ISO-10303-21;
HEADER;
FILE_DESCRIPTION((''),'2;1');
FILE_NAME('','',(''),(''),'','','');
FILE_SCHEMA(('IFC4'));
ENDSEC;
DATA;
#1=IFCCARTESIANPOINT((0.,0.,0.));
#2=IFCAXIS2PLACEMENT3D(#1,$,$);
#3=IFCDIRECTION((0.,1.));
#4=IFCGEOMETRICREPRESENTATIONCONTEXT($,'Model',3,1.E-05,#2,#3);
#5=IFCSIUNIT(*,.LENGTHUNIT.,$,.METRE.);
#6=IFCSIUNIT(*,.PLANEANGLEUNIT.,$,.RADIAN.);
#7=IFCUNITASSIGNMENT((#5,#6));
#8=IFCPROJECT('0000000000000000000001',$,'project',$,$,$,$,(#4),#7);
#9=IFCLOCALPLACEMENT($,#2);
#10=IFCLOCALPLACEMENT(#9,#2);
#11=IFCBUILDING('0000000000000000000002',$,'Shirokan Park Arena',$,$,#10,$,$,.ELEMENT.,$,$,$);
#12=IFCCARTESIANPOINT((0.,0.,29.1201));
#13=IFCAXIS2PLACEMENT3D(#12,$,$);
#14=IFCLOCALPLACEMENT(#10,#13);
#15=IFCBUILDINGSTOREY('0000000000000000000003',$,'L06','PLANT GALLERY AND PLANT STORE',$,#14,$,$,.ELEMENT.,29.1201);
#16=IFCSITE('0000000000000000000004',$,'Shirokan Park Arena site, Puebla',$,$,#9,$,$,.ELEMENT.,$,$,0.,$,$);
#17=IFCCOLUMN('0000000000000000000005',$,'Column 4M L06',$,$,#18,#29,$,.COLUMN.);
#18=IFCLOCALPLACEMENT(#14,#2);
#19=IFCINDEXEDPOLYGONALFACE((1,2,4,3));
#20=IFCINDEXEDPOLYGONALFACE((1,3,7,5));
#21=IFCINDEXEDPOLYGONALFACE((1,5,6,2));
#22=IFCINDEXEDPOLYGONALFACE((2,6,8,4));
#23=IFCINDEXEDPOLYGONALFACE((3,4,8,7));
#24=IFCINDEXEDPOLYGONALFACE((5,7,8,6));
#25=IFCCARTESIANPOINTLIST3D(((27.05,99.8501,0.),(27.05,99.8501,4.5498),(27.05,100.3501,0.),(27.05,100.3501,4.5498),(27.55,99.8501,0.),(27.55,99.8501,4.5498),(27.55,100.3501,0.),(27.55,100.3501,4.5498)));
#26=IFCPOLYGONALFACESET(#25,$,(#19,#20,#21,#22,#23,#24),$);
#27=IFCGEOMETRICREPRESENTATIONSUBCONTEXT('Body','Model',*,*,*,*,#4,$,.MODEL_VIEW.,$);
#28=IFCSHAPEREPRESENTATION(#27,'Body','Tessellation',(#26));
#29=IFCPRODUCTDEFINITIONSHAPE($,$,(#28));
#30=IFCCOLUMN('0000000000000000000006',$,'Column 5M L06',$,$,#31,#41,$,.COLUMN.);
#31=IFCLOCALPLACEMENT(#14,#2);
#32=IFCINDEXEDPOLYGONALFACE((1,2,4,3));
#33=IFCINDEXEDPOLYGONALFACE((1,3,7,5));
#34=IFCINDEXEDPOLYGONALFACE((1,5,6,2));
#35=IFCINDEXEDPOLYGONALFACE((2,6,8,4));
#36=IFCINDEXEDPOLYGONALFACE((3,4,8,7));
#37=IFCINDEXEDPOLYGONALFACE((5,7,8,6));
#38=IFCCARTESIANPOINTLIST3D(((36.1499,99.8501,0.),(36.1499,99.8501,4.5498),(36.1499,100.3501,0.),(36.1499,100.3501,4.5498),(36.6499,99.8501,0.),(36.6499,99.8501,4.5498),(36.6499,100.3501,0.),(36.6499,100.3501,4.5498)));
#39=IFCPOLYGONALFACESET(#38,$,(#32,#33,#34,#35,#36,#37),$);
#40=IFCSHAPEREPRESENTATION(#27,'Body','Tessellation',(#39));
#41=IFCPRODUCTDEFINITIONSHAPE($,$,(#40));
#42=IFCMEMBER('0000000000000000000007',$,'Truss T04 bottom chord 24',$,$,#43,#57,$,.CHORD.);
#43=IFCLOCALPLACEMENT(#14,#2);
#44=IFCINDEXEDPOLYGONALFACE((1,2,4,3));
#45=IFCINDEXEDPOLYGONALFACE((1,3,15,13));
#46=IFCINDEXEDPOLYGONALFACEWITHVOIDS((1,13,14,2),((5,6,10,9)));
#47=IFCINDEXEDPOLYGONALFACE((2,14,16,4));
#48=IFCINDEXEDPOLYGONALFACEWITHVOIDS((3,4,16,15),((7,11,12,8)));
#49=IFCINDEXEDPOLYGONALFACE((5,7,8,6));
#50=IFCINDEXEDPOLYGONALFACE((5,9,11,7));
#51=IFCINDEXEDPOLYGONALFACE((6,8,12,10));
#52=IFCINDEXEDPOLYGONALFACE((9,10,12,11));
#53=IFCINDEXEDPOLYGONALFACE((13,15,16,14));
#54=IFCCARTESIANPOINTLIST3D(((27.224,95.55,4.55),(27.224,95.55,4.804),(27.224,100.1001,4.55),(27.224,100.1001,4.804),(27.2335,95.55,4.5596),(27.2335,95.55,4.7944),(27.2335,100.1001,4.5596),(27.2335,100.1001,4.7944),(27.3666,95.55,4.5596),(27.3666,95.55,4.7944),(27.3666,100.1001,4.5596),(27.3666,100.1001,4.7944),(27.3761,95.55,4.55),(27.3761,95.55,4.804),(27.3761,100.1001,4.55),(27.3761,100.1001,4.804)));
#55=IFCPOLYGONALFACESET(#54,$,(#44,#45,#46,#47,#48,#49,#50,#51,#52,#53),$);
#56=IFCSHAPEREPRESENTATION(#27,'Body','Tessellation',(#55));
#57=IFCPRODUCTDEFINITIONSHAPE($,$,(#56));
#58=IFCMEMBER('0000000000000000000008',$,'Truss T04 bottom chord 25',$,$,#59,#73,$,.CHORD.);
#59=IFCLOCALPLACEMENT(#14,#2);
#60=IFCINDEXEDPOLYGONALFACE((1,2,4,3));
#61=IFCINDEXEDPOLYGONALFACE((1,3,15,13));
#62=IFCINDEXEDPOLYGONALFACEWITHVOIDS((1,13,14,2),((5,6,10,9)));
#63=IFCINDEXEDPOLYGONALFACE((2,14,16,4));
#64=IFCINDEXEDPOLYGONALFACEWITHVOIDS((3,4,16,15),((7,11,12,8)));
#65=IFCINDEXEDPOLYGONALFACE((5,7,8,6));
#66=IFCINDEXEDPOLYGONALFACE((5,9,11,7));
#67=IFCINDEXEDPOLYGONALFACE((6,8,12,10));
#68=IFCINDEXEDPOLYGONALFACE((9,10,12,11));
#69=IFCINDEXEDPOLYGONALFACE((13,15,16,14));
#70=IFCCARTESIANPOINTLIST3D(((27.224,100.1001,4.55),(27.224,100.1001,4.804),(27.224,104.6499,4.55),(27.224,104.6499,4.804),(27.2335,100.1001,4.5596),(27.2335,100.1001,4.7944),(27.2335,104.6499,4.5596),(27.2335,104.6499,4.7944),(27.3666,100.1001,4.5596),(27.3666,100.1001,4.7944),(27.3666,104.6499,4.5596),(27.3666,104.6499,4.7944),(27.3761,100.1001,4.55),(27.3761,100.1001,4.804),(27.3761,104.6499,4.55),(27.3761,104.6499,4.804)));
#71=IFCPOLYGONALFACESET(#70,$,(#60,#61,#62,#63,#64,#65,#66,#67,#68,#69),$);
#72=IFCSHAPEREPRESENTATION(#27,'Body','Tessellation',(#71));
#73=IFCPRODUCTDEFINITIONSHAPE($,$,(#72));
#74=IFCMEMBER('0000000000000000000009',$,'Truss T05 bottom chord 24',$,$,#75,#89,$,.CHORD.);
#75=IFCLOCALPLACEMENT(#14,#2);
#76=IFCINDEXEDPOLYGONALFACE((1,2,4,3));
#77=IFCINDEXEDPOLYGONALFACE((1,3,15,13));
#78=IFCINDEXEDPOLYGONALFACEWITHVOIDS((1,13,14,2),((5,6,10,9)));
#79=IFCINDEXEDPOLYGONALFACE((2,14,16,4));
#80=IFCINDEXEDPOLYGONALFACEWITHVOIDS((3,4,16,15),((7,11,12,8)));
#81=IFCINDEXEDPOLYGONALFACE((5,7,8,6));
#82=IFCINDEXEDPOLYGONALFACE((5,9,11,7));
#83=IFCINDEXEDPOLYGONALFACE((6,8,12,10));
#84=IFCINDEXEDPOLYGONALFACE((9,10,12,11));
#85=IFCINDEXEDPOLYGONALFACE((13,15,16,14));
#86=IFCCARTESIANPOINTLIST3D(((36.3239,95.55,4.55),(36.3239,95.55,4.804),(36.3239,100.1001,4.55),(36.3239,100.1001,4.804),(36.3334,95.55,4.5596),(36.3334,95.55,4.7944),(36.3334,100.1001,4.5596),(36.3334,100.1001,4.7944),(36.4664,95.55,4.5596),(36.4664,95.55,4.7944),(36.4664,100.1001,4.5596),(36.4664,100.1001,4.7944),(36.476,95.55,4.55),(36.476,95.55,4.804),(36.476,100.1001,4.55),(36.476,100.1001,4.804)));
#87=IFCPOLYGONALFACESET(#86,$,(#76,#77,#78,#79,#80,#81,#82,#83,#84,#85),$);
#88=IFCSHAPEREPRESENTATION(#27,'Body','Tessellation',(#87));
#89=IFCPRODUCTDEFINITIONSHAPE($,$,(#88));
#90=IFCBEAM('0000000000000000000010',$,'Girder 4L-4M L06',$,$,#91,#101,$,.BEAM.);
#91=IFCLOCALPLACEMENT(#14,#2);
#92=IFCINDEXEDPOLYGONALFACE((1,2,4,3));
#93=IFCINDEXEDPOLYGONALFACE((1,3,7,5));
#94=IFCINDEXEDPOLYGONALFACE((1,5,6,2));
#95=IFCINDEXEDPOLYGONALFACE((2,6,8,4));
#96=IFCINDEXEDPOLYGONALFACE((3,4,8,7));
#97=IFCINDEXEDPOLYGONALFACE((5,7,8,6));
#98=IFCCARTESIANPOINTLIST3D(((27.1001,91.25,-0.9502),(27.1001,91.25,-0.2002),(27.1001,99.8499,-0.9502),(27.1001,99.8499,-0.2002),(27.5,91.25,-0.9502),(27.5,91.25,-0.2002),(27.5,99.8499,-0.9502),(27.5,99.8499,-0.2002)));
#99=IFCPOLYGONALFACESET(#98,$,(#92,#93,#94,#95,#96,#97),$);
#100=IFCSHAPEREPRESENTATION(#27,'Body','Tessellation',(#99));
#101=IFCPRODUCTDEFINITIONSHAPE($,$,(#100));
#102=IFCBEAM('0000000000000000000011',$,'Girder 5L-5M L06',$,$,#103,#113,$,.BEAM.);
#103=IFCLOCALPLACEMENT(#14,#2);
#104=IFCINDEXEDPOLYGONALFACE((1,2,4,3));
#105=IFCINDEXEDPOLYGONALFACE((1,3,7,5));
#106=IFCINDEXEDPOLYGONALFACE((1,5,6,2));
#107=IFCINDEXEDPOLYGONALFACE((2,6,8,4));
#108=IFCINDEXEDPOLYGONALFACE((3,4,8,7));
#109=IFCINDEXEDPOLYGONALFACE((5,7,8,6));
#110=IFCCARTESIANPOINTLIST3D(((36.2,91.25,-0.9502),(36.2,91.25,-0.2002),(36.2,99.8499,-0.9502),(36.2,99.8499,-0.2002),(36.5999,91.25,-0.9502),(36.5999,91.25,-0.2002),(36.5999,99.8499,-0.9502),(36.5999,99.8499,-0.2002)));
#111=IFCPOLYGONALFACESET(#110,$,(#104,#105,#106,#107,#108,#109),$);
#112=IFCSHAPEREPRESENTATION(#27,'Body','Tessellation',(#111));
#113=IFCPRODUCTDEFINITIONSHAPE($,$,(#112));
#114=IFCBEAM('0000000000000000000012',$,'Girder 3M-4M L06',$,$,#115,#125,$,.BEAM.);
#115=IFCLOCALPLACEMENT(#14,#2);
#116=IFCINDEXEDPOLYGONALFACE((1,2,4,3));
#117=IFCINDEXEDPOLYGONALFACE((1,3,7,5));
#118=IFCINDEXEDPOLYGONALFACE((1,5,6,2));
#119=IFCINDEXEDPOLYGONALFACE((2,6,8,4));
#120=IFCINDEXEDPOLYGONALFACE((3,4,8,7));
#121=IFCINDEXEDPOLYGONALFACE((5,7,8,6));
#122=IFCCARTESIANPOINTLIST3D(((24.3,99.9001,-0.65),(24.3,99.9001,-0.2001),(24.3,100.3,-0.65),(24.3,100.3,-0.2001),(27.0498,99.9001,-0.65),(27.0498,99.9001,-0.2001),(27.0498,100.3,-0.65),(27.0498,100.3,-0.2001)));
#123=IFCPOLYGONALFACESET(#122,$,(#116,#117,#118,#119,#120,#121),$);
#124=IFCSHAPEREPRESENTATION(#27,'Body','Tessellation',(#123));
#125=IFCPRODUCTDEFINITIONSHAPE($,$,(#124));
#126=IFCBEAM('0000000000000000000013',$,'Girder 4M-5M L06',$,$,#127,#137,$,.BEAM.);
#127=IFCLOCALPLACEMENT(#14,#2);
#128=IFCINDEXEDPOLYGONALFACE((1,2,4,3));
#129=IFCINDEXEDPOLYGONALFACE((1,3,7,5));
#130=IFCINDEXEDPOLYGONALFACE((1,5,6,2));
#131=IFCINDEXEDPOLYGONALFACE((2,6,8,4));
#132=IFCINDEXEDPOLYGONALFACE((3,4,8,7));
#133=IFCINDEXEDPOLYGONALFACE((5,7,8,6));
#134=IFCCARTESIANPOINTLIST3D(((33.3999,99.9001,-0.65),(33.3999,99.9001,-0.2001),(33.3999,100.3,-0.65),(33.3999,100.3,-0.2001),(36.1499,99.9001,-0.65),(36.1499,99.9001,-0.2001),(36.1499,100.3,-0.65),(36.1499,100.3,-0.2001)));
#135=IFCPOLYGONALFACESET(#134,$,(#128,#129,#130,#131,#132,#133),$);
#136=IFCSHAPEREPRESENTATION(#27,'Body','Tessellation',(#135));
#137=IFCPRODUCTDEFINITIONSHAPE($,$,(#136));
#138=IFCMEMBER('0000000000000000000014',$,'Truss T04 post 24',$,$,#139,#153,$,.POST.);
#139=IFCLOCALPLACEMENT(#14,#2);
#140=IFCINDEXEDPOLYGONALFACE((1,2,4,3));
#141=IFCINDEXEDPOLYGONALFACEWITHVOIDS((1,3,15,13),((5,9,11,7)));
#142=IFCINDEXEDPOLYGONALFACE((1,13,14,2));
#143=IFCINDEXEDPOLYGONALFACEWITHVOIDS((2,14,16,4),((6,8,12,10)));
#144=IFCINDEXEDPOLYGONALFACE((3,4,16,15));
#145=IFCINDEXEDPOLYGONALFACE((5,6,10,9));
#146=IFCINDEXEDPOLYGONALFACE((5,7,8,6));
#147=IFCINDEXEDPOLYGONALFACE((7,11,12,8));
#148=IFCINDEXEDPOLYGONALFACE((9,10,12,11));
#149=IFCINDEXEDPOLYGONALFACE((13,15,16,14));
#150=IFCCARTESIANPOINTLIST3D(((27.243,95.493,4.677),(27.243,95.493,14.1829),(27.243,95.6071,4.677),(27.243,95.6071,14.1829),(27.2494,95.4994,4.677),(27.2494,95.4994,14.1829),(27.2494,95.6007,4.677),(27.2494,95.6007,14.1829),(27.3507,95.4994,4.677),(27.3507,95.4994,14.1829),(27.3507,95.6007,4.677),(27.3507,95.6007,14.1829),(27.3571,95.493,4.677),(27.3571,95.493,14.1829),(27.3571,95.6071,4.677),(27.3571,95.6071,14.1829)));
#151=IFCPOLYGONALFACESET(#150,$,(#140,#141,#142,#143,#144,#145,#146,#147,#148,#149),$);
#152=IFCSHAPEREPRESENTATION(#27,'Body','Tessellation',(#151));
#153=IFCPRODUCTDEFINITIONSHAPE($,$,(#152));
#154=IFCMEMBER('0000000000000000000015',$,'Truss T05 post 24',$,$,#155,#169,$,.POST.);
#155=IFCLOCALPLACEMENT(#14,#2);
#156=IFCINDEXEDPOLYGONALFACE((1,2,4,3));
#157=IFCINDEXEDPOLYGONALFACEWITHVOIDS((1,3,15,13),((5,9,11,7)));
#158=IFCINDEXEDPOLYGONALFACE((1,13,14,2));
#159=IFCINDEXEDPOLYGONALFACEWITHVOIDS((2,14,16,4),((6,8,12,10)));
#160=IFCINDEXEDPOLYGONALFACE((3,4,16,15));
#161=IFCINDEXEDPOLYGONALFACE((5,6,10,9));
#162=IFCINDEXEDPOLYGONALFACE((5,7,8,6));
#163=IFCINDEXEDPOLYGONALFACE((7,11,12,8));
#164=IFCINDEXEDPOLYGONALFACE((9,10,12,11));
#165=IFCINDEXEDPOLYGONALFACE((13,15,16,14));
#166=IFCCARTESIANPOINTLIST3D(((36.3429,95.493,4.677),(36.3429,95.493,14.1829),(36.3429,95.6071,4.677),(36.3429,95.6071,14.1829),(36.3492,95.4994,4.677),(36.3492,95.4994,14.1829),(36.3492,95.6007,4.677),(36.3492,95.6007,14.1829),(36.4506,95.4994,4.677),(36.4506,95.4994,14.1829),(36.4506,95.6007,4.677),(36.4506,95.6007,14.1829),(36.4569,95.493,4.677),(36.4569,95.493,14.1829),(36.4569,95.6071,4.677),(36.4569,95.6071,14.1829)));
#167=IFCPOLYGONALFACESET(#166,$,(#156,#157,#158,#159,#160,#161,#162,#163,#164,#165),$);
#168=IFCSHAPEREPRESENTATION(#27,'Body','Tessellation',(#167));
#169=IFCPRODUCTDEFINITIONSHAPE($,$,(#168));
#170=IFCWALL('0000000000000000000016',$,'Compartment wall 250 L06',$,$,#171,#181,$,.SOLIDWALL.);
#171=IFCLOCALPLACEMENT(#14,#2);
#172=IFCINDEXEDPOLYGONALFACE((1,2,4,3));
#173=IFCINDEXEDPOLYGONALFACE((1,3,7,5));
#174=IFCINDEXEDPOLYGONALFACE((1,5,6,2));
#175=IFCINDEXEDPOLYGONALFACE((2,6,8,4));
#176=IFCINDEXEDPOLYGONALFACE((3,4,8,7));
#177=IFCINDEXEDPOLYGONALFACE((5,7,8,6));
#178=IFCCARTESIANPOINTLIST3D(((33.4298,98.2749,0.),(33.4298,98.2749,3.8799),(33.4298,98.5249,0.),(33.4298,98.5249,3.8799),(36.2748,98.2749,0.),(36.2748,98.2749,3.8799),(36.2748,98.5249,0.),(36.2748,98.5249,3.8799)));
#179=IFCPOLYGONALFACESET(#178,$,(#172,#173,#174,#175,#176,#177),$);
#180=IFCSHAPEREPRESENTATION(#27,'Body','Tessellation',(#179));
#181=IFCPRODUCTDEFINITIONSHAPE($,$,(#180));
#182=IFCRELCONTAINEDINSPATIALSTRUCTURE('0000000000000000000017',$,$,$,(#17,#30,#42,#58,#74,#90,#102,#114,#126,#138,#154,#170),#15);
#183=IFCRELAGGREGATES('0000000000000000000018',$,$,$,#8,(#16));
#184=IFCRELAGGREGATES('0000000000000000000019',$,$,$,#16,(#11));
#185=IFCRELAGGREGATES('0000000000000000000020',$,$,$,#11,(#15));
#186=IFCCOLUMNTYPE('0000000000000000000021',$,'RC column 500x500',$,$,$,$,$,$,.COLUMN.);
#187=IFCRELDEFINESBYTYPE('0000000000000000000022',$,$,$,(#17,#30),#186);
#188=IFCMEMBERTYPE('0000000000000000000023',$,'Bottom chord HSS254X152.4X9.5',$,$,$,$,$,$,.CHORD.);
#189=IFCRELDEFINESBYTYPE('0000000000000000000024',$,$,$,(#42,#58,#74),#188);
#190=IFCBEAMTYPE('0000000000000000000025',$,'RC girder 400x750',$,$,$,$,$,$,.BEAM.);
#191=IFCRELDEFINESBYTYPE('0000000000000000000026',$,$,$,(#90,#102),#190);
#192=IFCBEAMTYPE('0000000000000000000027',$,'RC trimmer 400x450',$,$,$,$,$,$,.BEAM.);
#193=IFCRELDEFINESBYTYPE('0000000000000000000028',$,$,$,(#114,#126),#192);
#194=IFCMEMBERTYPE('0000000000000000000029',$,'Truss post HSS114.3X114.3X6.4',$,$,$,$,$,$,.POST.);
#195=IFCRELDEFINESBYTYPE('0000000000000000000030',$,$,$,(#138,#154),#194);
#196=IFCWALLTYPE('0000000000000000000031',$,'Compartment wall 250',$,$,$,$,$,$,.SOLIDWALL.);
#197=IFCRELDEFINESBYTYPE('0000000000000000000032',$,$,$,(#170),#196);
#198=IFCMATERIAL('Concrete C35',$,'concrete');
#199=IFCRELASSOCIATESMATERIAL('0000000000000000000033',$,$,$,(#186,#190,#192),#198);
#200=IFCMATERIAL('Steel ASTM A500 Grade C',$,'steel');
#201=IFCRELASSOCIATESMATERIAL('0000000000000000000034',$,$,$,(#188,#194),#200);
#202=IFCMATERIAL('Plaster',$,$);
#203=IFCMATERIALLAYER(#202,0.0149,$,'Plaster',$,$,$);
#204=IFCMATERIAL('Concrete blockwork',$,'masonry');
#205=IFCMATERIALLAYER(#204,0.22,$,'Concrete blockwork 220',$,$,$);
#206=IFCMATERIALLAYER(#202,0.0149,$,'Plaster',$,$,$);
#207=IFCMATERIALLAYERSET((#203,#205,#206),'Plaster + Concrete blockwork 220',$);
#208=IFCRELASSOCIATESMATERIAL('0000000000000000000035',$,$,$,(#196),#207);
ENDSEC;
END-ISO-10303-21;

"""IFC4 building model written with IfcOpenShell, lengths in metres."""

from ifc_helpers import new_model, si_unit, direction, frame, frame_2d, origin, origin_2d, place, context, subcontext, project, spatial, rectangle, hollow_rectangle, extrude, material, layer, layer_set, material_profile, profile_set, type_object, element, save


model = new_model("IFC4")

# Units and contexts
model_context = context("Model", 3, precision=1e-05, world=origin(), true_north=direction((0.0, 1.0)))
body_context = subcontext(model_context, "Body", "Model", "MODEL_VIEW")
ifc_project = project(units=[si_unit("LENGTHUNIT", "METRE"), si_unit("PLANEANGLEUNIT", "RADIAN")], contexts=[model_context])

# Site, building, storey
site_placement = place(None, origin())
site = spatial("IfcSite", under=ifc_project, at=site_placement, Name="Shirokan Park Arena site, Puebla", CompositionType="ELEMENT", RefElevation=0.0)
building_placement = place(site_placement, origin())
building = spatial("IfcBuilding", under=site, at=building_placement, Name="Shirokan Park Arena", CompositionType="ELEMENT")
storey_placement = place(building_placement, frame((0.0, 0.0, 29.1201)))
storey = spatial("IfcBuildingStorey", under=building, at=storey_placement, Name="L06", Description="PLANT GALLERY AND PLANT STORE", CompositionType="ELEMENT", Elevation=29.1201)

# Columns
ifc_material_1 = material(Name="Concrete C35", Category="concrete")
ifc_material_profile_1 = material_profile(ifc_material_1, rectangle(XDim=0.5, YDim=0.5, at=origin_2d()), Name="500x500")
ifc_profile_set_1 = profile_set([ifc_material_profile_1], Name="Concrete C35")
column_type = type_object("IfcColumnType", Name="RC column 500x500", PredefinedType="COLUMN", material=ifc_profile_set_1)
for number, where, z_axis, x_axis, name in (
    (1, (27.3, 100.1001, 0.0), (0.0, 0.0, 1.0), (1.0, 0.0, 0.0), "Column 4M L06"),
    (2, (36.3999, 100.1001, 0.0), (0.0, 0.0, 1.0), (1.0, 0.0, 0.0), "Column 5M L06"),
):
    element("IfcColumn", number, at=place(storey_placement, frame(where, z_axis=z_axis, x_axis=x_axis)), inside=storey, type_object=column_type, Name=name, PredefinedType="COLUMN", context=body_context, shape_type="SweptSolid", body=[
        extrude(rectangle(XDim=0.5, YDim=0.5, at=origin_2d()), origin(), (0.0, 0.0, 1.0), 4.5498),
    ])

# Members
ifc_material_2 = material(Name="Steel ASTM A500 Grade C", Category="steel")
ifc_material_profile_2 = material_profile(ifc_material_2, hollow_rectangle(XDim=0.1521, YDim=0.2539, WallThickness=0.0095, at=origin_2d()), Name="HSS254X152.4X9.5")
ifc_profile_set_2 = profile_set([ifc_material_profile_2], Name="Steel ASTM A500 Grade C")
member_type_1 = type_object("IfcMemberType", Name="Bottom chord HSS254X152.4X9.5", PredefinedType="CHORD", material=ifc_profile_set_2)
member_1_placement = place(storey_placement, frame((27.3, 95.55, 4.677), z_axis=(0.0, 1.0, 0.0), x_axis=(-1.0, 0.0, 0.0)))
element("IfcMember", 3, at=member_1_placement, inside=storey, type_object=member_type_1, Name="Truss T04 bottom chord 24", PredefinedType="CHORD", context=body_context, shape_type="SweptSolid", body=[
    extrude(hollow_rectangle(XDim=0.1521, YDim=0.2539, WallThickness=0.0095, at=origin_2d()), origin(), (0.0, 0.0, 1.0), 4.55),
])
member_2_placement = place(storey_placement, frame((27.3, 100.1001, 4.677), z_axis=(0.0, 1.0, 0.0), x_axis=(-1.0, 0.0, 0.0)))
element("IfcMember", 4, at=member_2_placement, inside=storey, type_object=member_type_1, Name="Truss T04 bottom chord 25", PredefinedType="CHORD", context=body_context, shape_type="SweptSolid", body=[
    extrude(hollow_rectangle(XDim=0.1521, YDim=0.2539, WallThickness=0.0095, at=origin_2d()), origin(), (0.0, 0.0, 1.0), 4.5498),
])
member_3_placement = place(storey_placement, frame((36.3999, 95.55, 4.677), z_axis=(0.0, 1.0, 0.0), x_axis=(-1.0, 0.0, 0.0)))
element("IfcMember", 5, at=member_3_placement, inside=storey, type_object=member_type_1, Name="Truss T05 bottom chord 24", PredefinedType="CHORD", context=body_context, shape_type="SweptSolid", body=[
    extrude(hollow_rectangle(XDim=0.1521, YDim=0.2539, WallThickness=0.0095, at=origin_2d()), origin(), (0.0, 0.0, 1.0), 4.55),
])

# Beams
ifc_material_profile_3 = material_profile(ifc_material_1, rectangle(XDim=0.3999, YDim=0.75, at=origin_2d()), Name="400x750")
ifc_profile_set_3 = profile_set([ifc_material_profile_3], Name="Concrete C35")
beam_type_1 = type_object("IfcBeamType", Name="RC girder 400x750", PredefinedType="BEAM", material=ifc_profile_set_3)
for number, where, z_axis, x_axis, name in (
    (6, (27.3, 91.25, -0.5752), (0.0, 1.0, 0.0), (-1.0, 0.0, 0.0), "Girder 4L-4M L06"),
    (7, (36.3999, 91.25, -0.5752), (0.0, 1.0, 0.0), (-1.0, 0.0, 0.0), "Girder 5L-5M L06"),
):
    element("IfcBeam", number, at=place(storey_placement, frame(where, z_axis=z_axis, x_axis=x_axis)), inside=storey, type_object=beam_type_1, Name=name, PredefinedType="BEAM", context=body_context, shape_type="SweptSolid", body=[
        extrude(rectangle(XDim=0.3999, YDim=0.75, at=origin_2d()), origin(), (0.0, 0.0, 1.0), 8.5999),
    ])
ifc_material_profile_4 = material_profile(ifc_material_1, rectangle(XDim=0.3999, YDim=0.45, at=origin_2d()), Name="400x450")
ifc_profile_set_4 = profile_set([ifc_material_profile_4], Name="Concrete C35")
beam_type_2 = type_object("IfcBeamType", Name="RC trimmer 400x450", PredefinedType="BEAM", material=ifc_profile_set_4)
beam_1_placement = place(storey_placement, frame((24.3, 100.1001, -0.425), z_axis=(1.0, 0.0, 0.0), x_axis=(0.0, 1.0, 0.0)))
element("IfcBeam", 8, at=beam_1_placement, inside=storey, type_object=beam_type_2, Name="Girder 3M-4M L06", PredefinedType="BEAM", context=body_context, shape_type="SweptSolid", body=[
    extrude(rectangle(XDim=0.3999, YDim=0.45, at=origin_2d()), origin(), (0.0, 0.0, 1.0), 2.7498),
])
beam_2_placement = place(storey_placement, frame((33.3999, 100.1001, -0.425), z_axis=(1.0, 0.0, 0.0), x_axis=(0.0, 1.0, 0.0)))
element("IfcBeam", 9, at=beam_2_placement, inside=storey, type_object=beam_type_2, Name="Girder 4M-5M L06", PredefinedType="BEAM", context=body_context, shape_type="SweptSolid", body=[
    extrude(rectangle(XDim=0.3999, YDim=0.45, at=origin_2d()), origin(), (0.0, 0.0, 1.0), 2.75),
])

# Members
ifc_material_profile_5 = material_profile(ifc_material_2, hollow_rectangle(XDim=0.114, YDim=0.114, WallThickness=0.0063, at=origin_2d()), Name="HSS114.3X114.3X6.4")
ifc_profile_set_5 = profile_set([ifc_material_profile_5], Name="Steel ASTM A500 Grade C")
member_type_2 = type_object("IfcMemberType", Name="Truss post HSS114.3X114.3X6.4", PredefinedType="POST", material=ifc_profile_set_5)
for number, where, z_axis, x_axis, name in (
    (10, (27.3, 95.55, 4.677), (0.0, 0.0, 1.0), (1.0, 0.0, 0.0), "Truss T04 post 24"),
    (11, (36.3999, 95.55, 4.677), (0.0, 0.0, 1.0), (1.0, 0.0, 0.0), "Truss T05 post 24"),
):
    element("IfcMember", number, at=place(storey_placement, frame(where, z_axis=z_axis, x_axis=x_axis)), inside=storey, type_object=member_type_2, Name=name, PredefinedType="POST", context=body_context, shape_type="SweptSolid", body=[
        extrude(hollow_rectangle(XDim=0.114, YDim=0.114, WallThickness=0.0063, at=origin_2d()), origin(), (0.0, 0.0, 1.0), 9.5059),
    ])

# Wall
ifc_material_3 = material(Name="Plaster")
ifc_layer_1 = layer(ifc_material_3, 0.0149, Name="Plaster")
ifc_material_4 = material(Name="Concrete blockwork", Category="masonry")
ifc_layer_2 = layer(ifc_material_4, 0.22, Name="Concrete blockwork 220")
ifc_layer_3 = layer(ifc_material_3, 0.0149, Name="Plaster")
ifc_layer_set_1 = layer_set([ifc_layer_1, ifc_layer_2, ifc_layer_3], Name="Plaster + Concrete blockwork 220")
wall_type_1 = type_object("IfcWallType", Name="Compartment wall 250", PredefinedType="SOLIDWALL", material=ifc_layer_set_1)
wall_1_placement = place(storey_placement, frame((33.4299, 98.3999, 0.0), z_axis=(0.0, 0.0, 1.0), x_axis=(1.0, 0.0, 0.0)))
element("IfcWall", 12, at=wall_1_placement, inside=storey, type_object=wall_type_1, Name="Compartment wall 250 L06", PredefinedType="SOLIDWALL", context=body_context, shape_type="SweptSolid", body=[
    extrude(rectangle(XDim=2.845, YDim=0.25, at=frame_2d((1.4224, 0.0))), origin(), (0.0, 0.0, 1.0), 3.8799),
])

save(model, "model.ifc")
